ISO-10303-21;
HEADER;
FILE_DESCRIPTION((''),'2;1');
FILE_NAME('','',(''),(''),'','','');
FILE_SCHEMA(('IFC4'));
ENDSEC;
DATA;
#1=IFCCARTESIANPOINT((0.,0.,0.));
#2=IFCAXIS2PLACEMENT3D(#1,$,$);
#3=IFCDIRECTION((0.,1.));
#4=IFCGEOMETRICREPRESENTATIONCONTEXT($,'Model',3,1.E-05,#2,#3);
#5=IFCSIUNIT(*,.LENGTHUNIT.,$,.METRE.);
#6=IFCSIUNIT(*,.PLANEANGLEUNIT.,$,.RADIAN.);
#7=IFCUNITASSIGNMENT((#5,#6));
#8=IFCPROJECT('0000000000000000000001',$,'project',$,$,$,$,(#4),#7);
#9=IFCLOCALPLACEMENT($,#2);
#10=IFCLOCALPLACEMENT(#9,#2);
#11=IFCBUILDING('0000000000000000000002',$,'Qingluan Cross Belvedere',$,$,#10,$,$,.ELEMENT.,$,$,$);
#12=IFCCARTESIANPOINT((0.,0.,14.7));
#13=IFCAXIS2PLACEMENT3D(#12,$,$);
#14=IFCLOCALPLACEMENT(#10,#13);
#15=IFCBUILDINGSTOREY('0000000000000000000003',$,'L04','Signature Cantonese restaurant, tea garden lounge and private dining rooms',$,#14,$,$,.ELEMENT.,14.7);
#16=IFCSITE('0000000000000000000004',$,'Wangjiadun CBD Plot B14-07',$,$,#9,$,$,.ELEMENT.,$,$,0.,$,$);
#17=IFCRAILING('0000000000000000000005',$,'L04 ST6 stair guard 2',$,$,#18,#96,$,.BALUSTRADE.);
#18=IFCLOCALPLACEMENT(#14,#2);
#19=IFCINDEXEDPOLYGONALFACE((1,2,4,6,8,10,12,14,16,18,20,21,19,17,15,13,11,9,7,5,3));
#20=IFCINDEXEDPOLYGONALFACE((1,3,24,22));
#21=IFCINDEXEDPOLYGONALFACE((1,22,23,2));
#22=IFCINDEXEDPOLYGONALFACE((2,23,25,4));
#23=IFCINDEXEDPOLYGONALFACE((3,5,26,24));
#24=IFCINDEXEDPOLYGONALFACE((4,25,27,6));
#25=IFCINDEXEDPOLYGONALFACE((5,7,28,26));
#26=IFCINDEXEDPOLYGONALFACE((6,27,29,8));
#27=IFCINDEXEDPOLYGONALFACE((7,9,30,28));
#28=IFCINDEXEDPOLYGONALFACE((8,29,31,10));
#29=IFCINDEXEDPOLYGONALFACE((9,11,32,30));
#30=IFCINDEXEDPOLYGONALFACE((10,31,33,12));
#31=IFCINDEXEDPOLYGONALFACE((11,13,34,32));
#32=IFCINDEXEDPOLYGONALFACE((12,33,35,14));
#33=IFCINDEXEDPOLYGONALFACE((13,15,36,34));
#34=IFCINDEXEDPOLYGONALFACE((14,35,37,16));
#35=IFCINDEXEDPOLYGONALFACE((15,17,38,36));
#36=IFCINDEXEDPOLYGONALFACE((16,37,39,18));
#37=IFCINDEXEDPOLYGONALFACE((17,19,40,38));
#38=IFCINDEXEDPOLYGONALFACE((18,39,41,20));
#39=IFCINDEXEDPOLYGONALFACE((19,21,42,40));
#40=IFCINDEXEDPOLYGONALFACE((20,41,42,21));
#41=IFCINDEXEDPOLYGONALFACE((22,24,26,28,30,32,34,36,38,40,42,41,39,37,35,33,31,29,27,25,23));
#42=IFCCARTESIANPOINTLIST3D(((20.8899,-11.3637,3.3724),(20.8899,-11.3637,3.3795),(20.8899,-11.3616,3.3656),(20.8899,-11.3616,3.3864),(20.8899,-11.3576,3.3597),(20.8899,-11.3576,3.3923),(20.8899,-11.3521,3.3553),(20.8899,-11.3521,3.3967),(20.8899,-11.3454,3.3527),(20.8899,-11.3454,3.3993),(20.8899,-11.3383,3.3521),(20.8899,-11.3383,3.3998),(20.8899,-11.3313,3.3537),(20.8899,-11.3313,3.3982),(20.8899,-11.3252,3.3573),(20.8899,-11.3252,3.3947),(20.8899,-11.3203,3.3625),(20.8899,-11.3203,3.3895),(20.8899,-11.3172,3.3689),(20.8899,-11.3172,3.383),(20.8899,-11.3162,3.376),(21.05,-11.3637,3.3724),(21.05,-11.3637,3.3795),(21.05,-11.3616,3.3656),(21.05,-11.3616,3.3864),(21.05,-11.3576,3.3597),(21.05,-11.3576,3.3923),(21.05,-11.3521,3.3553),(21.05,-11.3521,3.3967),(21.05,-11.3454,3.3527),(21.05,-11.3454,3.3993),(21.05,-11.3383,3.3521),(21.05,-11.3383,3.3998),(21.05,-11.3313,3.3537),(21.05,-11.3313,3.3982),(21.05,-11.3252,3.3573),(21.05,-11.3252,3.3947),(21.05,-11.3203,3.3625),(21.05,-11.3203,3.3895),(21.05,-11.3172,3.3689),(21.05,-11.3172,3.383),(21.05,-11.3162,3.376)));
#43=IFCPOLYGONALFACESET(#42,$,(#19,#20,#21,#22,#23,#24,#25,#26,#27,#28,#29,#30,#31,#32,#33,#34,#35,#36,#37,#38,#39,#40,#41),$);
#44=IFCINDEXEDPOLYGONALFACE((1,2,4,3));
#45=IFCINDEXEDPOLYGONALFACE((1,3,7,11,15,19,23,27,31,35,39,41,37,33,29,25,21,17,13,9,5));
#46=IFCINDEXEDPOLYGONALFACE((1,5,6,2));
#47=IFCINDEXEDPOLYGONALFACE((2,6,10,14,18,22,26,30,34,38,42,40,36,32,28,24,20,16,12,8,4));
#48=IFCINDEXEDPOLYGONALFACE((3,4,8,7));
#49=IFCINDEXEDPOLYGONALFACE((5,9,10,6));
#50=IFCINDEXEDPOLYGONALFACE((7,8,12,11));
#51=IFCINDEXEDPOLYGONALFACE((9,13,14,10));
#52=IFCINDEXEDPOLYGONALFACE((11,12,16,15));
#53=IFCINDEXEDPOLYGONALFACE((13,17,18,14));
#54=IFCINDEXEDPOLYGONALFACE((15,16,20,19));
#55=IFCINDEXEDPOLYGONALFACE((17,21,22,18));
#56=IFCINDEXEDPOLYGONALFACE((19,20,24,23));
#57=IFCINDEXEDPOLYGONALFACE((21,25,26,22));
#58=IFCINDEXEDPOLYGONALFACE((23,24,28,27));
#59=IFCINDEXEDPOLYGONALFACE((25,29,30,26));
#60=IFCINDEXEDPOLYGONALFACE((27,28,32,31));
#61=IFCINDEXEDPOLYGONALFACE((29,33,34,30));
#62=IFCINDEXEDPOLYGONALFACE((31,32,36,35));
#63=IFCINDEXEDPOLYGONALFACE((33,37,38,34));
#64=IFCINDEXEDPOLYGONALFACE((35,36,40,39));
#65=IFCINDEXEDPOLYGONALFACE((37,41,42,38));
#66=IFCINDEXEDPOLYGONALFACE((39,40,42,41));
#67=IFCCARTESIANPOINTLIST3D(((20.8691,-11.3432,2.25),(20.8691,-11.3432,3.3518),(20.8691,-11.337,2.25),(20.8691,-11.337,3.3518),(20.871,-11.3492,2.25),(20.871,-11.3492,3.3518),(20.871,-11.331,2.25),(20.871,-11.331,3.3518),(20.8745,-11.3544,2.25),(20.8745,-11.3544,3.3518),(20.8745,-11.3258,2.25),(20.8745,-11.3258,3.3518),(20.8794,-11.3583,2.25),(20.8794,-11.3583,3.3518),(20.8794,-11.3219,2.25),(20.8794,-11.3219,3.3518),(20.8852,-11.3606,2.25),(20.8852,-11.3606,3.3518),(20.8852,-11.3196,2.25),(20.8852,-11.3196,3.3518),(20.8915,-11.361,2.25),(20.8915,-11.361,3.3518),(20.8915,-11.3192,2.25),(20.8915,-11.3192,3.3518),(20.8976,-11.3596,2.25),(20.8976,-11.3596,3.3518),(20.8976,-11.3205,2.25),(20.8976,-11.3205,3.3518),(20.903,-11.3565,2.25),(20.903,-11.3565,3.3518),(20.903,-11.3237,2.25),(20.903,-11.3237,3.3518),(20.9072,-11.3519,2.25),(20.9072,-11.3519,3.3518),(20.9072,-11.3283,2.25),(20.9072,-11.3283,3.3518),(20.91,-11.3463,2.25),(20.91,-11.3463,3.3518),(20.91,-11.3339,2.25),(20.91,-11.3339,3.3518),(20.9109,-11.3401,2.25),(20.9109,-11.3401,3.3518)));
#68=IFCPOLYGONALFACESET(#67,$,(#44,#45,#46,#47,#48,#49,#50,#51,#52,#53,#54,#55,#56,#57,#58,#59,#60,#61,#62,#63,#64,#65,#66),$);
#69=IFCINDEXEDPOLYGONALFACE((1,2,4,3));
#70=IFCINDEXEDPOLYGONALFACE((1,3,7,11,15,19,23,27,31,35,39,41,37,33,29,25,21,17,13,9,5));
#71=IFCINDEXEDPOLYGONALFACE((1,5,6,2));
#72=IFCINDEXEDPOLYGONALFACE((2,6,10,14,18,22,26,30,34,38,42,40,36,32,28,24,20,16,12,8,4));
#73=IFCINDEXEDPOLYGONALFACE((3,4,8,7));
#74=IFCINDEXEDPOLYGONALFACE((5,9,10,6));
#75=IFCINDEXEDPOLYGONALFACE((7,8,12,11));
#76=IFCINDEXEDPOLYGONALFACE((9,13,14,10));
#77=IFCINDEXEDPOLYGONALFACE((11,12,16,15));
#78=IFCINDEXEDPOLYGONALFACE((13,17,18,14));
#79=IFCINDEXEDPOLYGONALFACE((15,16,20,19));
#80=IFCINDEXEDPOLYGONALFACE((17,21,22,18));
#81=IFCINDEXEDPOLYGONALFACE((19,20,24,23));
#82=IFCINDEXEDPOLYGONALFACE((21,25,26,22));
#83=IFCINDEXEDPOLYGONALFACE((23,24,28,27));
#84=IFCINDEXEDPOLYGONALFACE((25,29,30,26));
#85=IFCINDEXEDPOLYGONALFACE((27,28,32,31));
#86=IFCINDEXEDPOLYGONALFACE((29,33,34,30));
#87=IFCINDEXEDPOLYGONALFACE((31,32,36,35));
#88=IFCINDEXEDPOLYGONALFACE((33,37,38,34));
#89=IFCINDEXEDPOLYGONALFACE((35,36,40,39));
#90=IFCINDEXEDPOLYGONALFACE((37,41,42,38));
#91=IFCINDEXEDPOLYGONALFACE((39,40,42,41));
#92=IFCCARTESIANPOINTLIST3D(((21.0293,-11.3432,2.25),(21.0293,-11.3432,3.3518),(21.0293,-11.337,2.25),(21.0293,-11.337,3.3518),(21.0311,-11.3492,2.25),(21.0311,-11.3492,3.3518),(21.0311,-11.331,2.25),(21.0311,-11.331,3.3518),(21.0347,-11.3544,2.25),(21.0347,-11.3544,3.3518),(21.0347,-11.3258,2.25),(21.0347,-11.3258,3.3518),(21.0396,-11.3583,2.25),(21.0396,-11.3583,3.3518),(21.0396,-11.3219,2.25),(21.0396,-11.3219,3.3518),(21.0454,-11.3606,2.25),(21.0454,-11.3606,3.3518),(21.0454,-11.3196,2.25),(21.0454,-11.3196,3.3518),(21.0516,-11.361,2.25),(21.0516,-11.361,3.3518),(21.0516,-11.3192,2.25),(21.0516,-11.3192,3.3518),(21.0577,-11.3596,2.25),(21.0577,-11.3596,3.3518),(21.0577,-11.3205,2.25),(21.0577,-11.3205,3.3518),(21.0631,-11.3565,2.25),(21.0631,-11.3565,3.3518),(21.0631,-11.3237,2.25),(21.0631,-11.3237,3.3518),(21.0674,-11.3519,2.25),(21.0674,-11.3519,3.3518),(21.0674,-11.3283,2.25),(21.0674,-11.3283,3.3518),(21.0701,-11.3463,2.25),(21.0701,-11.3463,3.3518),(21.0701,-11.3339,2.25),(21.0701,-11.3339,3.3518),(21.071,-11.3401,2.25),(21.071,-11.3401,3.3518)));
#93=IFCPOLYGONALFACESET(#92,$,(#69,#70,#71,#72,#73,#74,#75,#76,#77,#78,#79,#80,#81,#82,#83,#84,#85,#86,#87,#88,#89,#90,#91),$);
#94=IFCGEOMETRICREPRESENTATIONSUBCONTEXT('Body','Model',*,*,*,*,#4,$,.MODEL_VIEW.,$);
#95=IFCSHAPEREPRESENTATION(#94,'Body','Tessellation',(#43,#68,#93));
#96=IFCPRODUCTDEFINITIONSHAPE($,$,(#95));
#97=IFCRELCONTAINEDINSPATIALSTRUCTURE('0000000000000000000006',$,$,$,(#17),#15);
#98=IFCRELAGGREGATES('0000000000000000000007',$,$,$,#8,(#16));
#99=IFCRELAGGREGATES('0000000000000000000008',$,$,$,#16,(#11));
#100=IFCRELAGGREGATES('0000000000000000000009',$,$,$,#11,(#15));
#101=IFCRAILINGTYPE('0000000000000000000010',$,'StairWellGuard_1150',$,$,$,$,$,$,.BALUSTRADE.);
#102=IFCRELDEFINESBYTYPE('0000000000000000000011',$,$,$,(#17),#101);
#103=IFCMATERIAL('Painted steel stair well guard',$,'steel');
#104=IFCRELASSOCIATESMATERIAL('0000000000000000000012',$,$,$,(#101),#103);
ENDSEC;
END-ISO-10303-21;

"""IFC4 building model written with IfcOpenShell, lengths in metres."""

from ifc_helpers import new_model, si_unit, direction, frame, origin, origin_2d, place, context, subcontext, project, spatial, circle, extrude, material, type_object, element, save


model = new_model("IFC4")

# Units and contexts
model_context = context("Model", 3, precision=1e-05, world=origin(), true_north=direction((0.0, 1.0)))
body_context = subcontext(model_context, "Body", "Model", "MODEL_VIEW")
ifc_project = project(units=[si_unit("LENGTHUNIT", "METRE"), si_unit("PLANEANGLEUNIT", "RADIAN")], contexts=[model_context])

# Site, building, storey
site_placement = place(None, origin())
site = spatial("IfcSite", under=ifc_project, at=site_placement, Name="Wangjiadun CBD Plot B14-07", CompositionType="ELEMENT", RefElevation=0.0)
building_placement = place(site_placement, origin())
building = spatial("IfcBuilding", under=site, at=building_placement, Name="Qingluan Cross Belvedere", CompositionType="ELEMENT")
storey_placement = place(building_placement, frame((0.0, 0.0, 14.7)))
storey = spatial("IfcBuildingStorey", under=building, at=storey_placement, Name="L04", Description="Signature Cantonese restaurant, tea garden lounge and private dining rooms", CompositionType="ELEMENT", Elevation=14.7)

# Railing
ifc_material_1 = material(Name="Painted steel stair well guard", Category="steel")
railing_type_1 = type_object("IfcRailingType", Name="StairWellGuard_1150", PredefinedType="BALUSTRADE", material=ifc_material_1)
railing_1_placement = place(storey_placement, frame((20.8899, -11.3401, 2.25)))
element("IfcRailing", 1, at=railing_1_placement, inside=storey, type_object=railing_type_1, Name="L04 ST6 stair guard 2", PredefinedType="BALUSTRADE", context=body_context, shape_type="SweptSolid", body=[
    extrude(circle(Radius=0.0239, at=origin_2d()), frame((0.0, 0.0, 1.126), z_axis=(1.0, 0.0, 0.0), x_axis=(0.0, 1.0, 0.0)), (0.0, 0.0, 1.0), 0.1602),
    extrude(circle(Radius=0.021, at=origin_2d()), origin(), (0.0, 0.0, 1.0), 1.1018),
    extrude(circle(Radius=0.021, at=origin_2d()), frame((0.1602, 0.0, 0.0)), (0.0, 0.0, 1.0), 1.1018),
])

save(model, "model.ifc")
